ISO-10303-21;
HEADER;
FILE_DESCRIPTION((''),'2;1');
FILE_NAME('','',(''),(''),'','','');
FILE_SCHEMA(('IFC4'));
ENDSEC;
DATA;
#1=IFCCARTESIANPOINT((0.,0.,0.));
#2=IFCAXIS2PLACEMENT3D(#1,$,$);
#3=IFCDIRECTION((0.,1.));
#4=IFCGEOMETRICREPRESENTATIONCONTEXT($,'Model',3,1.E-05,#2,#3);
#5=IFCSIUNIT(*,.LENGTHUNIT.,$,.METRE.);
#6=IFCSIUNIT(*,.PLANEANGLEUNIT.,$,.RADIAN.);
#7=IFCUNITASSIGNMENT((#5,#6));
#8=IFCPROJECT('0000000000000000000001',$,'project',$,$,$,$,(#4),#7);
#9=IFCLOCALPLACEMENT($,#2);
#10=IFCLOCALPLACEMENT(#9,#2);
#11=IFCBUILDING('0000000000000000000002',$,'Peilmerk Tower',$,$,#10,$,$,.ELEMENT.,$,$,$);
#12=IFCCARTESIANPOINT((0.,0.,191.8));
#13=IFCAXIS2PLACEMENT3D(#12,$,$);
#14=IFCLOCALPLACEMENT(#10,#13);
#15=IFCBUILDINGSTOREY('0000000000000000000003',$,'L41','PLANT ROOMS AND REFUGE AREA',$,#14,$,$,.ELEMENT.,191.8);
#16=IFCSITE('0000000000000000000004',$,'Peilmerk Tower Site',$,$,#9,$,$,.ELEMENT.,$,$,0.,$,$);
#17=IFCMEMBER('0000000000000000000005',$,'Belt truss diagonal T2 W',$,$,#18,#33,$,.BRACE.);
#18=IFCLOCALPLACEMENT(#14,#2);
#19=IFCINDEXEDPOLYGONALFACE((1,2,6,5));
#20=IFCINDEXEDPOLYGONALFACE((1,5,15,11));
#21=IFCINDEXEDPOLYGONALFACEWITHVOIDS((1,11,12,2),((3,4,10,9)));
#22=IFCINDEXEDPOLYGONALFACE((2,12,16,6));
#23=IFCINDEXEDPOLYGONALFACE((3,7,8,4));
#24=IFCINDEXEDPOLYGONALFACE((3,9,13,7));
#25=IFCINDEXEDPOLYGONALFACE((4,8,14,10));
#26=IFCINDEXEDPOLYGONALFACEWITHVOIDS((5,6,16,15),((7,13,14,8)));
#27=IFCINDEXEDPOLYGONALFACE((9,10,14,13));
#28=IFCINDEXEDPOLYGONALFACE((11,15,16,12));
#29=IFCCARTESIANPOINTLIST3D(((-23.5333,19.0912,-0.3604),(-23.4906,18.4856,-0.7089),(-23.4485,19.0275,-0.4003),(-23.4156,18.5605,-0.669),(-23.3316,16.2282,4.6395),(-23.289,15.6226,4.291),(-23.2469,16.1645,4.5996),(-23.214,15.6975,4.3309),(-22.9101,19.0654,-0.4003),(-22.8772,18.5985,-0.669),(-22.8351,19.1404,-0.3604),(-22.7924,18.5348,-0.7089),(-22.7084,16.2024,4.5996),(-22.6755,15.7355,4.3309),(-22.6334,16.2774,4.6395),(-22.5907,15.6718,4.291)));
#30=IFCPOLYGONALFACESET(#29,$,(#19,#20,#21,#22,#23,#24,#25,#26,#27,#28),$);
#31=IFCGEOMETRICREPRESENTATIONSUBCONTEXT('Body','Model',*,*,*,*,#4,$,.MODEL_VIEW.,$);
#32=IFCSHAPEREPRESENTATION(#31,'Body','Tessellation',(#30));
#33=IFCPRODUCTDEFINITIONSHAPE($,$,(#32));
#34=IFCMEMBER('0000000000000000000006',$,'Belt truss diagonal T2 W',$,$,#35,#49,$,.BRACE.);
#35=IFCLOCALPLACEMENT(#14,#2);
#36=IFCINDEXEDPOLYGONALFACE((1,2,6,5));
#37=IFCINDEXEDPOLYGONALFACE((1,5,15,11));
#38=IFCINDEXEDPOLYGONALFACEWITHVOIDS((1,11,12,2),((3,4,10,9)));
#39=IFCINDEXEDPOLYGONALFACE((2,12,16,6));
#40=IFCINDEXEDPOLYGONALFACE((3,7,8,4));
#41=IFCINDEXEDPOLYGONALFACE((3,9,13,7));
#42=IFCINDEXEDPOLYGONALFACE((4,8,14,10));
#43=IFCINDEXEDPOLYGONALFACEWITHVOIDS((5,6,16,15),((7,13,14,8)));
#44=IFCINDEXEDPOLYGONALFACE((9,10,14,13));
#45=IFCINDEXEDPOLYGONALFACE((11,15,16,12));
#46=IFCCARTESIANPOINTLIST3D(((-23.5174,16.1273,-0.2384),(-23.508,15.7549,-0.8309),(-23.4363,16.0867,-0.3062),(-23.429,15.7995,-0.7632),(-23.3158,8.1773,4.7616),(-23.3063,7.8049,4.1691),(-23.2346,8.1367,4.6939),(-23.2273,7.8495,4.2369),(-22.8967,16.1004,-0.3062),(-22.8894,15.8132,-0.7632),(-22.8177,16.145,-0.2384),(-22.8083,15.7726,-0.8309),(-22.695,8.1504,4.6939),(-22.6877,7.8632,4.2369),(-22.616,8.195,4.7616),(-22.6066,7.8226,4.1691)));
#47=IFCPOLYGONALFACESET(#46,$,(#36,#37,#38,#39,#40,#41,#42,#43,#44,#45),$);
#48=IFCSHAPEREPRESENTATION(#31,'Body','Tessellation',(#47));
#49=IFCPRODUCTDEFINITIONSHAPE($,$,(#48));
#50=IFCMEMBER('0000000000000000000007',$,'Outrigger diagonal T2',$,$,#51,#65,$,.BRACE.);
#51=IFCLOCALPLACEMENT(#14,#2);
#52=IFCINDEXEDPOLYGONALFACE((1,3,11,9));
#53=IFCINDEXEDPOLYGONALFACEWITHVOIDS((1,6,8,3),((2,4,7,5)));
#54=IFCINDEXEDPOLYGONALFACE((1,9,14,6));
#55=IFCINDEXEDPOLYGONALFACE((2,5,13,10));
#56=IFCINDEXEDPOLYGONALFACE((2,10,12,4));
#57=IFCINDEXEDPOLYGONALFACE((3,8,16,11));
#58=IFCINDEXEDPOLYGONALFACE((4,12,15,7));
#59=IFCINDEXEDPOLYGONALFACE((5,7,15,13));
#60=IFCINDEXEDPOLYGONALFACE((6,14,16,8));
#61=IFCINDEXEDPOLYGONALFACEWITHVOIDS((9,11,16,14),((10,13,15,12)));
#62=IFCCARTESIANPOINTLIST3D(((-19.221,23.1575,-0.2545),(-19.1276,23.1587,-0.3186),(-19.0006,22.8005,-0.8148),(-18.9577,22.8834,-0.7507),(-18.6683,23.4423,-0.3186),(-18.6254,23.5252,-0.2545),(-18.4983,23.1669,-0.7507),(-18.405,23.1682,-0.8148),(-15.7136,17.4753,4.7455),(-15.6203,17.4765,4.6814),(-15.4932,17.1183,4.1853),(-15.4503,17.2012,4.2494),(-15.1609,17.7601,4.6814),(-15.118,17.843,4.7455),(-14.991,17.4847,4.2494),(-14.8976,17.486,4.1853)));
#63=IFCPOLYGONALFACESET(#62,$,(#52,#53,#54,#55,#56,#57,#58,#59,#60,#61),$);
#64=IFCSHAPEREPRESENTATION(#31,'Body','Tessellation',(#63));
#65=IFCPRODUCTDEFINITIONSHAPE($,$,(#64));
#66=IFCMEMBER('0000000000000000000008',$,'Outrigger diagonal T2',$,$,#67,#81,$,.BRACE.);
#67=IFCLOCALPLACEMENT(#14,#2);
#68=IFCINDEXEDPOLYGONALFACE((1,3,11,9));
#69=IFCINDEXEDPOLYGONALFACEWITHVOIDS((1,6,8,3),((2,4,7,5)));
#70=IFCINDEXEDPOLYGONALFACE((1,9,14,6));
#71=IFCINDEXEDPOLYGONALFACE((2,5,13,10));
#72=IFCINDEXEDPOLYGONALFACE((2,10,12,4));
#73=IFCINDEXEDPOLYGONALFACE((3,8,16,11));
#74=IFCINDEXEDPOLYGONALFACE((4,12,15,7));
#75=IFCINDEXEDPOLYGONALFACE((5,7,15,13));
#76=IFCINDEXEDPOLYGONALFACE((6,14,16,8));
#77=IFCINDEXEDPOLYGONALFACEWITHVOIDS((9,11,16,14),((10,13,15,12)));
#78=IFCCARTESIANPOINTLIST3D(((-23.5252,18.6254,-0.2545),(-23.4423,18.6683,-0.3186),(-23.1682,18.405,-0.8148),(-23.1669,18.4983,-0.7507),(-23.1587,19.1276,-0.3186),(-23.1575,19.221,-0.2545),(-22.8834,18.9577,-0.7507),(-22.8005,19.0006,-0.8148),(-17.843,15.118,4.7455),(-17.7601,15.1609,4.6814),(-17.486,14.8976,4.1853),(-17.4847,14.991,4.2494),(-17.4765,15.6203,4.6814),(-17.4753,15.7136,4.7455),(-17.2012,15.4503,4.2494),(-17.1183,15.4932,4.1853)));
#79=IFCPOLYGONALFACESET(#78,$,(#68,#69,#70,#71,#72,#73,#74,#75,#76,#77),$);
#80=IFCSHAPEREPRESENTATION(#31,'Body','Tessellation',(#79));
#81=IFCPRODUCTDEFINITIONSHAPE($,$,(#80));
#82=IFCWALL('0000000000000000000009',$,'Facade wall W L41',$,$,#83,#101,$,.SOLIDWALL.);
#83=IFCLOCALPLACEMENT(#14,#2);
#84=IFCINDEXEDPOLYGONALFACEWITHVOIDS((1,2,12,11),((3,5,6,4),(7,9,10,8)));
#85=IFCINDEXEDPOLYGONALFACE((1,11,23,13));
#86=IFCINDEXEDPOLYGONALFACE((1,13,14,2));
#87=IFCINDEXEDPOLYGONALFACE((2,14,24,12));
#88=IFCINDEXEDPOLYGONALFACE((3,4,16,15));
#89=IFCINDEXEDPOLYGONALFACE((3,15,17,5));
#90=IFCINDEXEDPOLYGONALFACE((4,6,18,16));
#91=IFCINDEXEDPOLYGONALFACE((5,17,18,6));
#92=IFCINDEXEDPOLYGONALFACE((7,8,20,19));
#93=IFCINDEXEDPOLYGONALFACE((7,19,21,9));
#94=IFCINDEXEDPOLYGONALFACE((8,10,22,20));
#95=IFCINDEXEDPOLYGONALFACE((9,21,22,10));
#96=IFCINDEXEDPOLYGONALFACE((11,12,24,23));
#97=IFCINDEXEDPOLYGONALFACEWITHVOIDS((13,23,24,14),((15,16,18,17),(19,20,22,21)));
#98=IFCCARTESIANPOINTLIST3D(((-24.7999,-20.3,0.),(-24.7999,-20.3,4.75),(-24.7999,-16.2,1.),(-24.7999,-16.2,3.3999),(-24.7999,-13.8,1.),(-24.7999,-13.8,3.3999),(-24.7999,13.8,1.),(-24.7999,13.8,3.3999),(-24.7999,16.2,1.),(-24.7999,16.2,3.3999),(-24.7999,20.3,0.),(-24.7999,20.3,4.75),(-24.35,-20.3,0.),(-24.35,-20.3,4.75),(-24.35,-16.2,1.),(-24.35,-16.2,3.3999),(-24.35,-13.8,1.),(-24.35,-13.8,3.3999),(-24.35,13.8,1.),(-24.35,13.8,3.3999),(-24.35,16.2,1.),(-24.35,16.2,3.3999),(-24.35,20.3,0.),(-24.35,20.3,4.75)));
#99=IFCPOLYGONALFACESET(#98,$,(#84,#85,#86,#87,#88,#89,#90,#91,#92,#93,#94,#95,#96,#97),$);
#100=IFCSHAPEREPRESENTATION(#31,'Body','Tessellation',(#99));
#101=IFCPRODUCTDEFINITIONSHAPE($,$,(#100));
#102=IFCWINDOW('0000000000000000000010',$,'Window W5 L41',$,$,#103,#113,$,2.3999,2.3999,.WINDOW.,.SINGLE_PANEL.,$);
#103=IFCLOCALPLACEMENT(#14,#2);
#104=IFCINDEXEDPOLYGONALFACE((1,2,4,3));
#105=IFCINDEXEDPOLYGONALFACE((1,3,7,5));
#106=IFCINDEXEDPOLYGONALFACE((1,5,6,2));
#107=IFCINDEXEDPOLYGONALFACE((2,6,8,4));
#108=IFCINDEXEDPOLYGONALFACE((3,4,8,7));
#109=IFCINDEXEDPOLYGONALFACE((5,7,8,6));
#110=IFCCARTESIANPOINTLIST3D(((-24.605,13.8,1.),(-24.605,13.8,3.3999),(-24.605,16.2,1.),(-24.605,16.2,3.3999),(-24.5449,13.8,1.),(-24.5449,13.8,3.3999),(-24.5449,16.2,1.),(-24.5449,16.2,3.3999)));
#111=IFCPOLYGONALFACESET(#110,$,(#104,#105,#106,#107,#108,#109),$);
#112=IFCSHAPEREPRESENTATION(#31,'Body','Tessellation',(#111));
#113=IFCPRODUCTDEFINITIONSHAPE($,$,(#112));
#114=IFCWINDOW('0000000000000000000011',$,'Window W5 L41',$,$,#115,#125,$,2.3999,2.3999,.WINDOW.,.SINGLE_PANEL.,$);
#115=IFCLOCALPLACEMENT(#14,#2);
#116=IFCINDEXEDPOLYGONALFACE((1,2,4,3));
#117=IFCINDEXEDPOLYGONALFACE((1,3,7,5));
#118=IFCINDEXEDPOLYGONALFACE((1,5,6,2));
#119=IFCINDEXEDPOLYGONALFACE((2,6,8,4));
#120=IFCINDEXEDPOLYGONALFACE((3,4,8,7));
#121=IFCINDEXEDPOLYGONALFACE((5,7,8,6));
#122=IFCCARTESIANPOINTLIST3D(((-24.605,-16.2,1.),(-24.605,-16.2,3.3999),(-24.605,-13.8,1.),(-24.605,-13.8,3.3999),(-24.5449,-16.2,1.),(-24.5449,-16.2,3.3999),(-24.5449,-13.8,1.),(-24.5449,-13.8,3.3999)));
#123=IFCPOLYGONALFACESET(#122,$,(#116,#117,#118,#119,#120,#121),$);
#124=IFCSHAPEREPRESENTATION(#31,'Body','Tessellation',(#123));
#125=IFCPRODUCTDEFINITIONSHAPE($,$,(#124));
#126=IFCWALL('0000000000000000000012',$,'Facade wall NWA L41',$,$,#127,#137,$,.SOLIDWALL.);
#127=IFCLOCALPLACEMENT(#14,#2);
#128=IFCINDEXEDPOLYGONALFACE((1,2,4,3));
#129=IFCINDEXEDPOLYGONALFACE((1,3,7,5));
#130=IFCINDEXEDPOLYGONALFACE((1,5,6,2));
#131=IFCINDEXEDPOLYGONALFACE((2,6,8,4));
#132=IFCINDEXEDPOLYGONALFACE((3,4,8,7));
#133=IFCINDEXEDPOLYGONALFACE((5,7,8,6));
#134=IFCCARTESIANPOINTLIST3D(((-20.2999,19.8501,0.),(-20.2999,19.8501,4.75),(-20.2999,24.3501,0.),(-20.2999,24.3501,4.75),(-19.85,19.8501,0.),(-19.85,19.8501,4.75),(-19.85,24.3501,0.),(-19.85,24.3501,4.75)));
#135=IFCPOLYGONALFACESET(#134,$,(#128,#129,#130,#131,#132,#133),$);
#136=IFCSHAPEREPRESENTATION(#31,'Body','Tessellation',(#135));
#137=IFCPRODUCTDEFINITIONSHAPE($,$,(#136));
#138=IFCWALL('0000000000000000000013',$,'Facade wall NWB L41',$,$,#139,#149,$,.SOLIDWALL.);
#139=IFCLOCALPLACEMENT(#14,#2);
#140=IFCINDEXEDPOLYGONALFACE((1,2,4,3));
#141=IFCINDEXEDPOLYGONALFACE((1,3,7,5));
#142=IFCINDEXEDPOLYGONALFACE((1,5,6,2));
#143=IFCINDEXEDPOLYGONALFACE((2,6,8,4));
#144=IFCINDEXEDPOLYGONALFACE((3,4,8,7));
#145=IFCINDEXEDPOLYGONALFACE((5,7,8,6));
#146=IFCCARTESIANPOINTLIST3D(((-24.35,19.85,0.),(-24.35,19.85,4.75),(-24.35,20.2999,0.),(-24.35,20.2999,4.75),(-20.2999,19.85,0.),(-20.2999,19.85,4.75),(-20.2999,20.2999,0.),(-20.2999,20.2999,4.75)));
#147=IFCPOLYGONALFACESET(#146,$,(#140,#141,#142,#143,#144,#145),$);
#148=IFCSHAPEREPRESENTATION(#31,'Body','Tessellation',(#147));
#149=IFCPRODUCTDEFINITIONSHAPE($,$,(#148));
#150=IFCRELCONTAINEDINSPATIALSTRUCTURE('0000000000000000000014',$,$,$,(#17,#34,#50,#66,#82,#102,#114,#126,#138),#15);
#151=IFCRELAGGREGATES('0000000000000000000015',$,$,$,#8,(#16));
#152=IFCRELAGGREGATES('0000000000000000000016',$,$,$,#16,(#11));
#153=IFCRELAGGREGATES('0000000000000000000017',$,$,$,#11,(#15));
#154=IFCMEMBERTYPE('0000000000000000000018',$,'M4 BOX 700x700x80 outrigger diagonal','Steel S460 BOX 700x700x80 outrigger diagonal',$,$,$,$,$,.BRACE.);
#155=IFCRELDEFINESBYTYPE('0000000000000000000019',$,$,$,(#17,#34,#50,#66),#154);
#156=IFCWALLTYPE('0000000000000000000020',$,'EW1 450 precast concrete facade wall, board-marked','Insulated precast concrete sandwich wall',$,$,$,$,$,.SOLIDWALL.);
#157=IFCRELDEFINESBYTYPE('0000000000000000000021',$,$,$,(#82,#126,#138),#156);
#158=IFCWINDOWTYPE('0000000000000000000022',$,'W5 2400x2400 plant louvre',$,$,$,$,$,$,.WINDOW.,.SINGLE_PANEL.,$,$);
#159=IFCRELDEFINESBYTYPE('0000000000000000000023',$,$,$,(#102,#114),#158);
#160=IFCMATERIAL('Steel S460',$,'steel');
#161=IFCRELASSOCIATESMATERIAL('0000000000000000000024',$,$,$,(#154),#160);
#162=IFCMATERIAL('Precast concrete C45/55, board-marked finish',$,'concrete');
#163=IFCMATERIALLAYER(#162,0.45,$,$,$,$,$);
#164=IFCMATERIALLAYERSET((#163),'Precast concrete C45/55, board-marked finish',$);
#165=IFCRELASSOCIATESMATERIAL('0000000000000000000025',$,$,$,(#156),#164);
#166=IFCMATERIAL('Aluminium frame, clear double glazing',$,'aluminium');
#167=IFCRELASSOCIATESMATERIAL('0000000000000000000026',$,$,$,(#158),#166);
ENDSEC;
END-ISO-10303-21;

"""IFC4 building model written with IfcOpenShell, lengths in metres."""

from ifc_helpers import new_model, si_unit, direction, frame, frame_2d, origin, origin_2d, place, context, subcontext, project, spatial, rectangle, hollow_rectangle, extrude, material, layer, layer_set, material_profile, profile_set, type_object, element, fill, save


model = new_model("IFC4")

# Units and contexts
model_context = context("Model", 3, precision=1e-05, world=origin(), true_north=direction((0.0, 1.0)))
body_context = subcontext(model_context, "Body", "Model", "MODEL_VIEW")
ifc_project = project(units=[si_unit("LENGTHUNIT", "METRE"), si_unit("PLANEANGLEUNIT", "RADIAN")], contexts=[model_context])

# Site, building, storey
site_placement = place(None, origin())
site = spatial("IfcSite", under=ifc_project, at=site_placement, Name="Peilmerk Tower Site", CompositionType="ELEMENT", RefElevation=0.0)
building_placement = place(site_placement, origin())
building = spatial("IfcBuilding", under=site, at=building_placement, Name="Peilmerk Tower", CompositionType="ELEMENT")
storey_placement = place(building_placement, frame((0.0, 0.0, 191.8)))
storey = spatial("IfcBuildingStorey", under=building, at=storey_placement, Name="L41", Description="PLANT ROOMS AND REFUGE AREA", CompositionType="ELEMENT", Elevation=191.8)

# Shared definitions
ifc_material_1 = material(Name="Steel S460", Category="steel")

# Members
ifc_material_profile_1 = material_profile(ifc_material_1, hollow_rectangle(XDim=0.7, YDim=0.7, WallThickness=0.0801, at=origin_2d()), Name="BOX 700x700x80")
ifc_profile_set_1 = profile_set([ifc_material_profile_1], Name="Steel S460")
member_type_1 = type_object("IfcMemberType", Name="M4 BOX 700x700x80 outrigger diagonal", Description="Steel S460 BOX 700x700x80 outrigger diagonal", PredefinedType="BRACE", material=ifc_profile_set_1)
for number, where, z_axis, x_axis, name in (
    (1, (-23.1628, 18.813, -0.5347), (0.034979, -0.496606, 0.867271), (0.997529, 0.070262, 0.0), "Belt truss diagonal T2 W"),
):
    element("IfcMember", number, at=place(storey_placement, frame(where, z_axis=z_axis, x_axis=x_axis)), inside=storey, type_object=member_type_1, Name=name, PredefinedType="BRACE", context=body_context, shape_type="SweptSolid", body=[
        extrude(hollow_rectangle(XDim=0.7, YDim=0.7, WallThickness=0.0801, at=origin_2d()), origin(), (0.0, 0.0, 1.0), 5.7651),
    ])
member_1_placement = place(storey_placement, frame((-23.1628, 15.95, -0.5347), z_axis=(0.021467, -0.846303, 0.532269), x_axis=(0.999678, 0.025358, 0.0)))
element("IfcMember", 2, at=member_1_placement, inside=storey, type_object=member_type_1, Name="Belt truss diagonal T2 W", PredefinedType="BRACE", context=body_context, shape_type="SweptSolid", body=[
    extrude(hollow_rectangle(XDim=0.7, YDim=0.7, WallThickness=0.0801, at=origin_2d()), origin(), (0.0, 0.0, 1.0), 9.3938),
])
for number, where, z_axis, x_axis, name in (
    (3, (-18.813, 23.1628, -0.5347), (0.420445, -0.681152, 0.599381), (0.850947, 0.525252, 0.0), "Outrigger diagonal T2"),
    (4, (-23.1628, 18.813, -0.5347), (0.681152, -0.420445, 0.599381), (0.525252, 0.850947, 0.0), "Outrigger diagonal T2"),
):
    element("IfcMember", number, at=place(storey_placement, frame(where, z_axis=z_axis, x_axis=x_axis)), inside=storey, type_object=member_type_1, Name=name, PredefinedType="BRACE", context=body_context, shape_type="SweptSolid", body=[
        extrude(hollow_rectangle(XDim=0.7, YDim=0.7, WallThickness=0.0801, at=origin_2d()), origin(), (0.0, 0.0, 1.0), 8.342),
    ])

# Wall, openings, windows
ifc_material_2 = material(Name="Precast concrete C45/55, board-marked finish", Category="concrete")
ifc_layer = layer(ifc_material_2, 0.45)
ifc_layer_set = layer_set([ifc_layer], Name="Precast concrete C45/55, board-marked finish")
wall_type = type_object("IfcWallType", Name="EW1 450 precast concrete facade wall, board-marked", Description="Insulated precast concrete sandwich wall", PredefinedType="SOLIDWALL", material=ifc_layer_set)
wall_1_placement = place(storey_placement, frame((-24.575, 20.3, 0.0), z_axis=(0.0, 0.0, 1.0), x_axis=(0.0, -1.0, 0.0)))
wall_1 = element("IfcWall", 5, at=wall_1_placement, inside=storey, type_object=wall_type, Name="Facade wall W L41", PredefinedType="SOLIDWALL", context=body_context, shape_type="SweptSolid", body=[
    extrude(rectangle(XDim=40.6001, YDim=0.45, at=frame_2d((20.3, 0.0))), origin(), (0.0, 0.0, 1.0), 4.75),
])
opening_1_placement = place(wall_1_placement, frame((4.1001, 0.0, 1.0)))
opening_1 = element("IfcOpeningElement", 6, at=opening_1_placement, cuts=wall_1, PredefinedType="OPENING", context=body_context, shape_type="SweptSolid", body=[
    extrude(rectangle(XDim=2.3999, YDim=2.3999, at=frame_2d((1.2, 1.2))), frame((0.0, 0.2349, 0.0), z_axis=(0.0, -1.0, 0.0), x_axis=(1.0, 0.0, 0.0)), (0.0, 0.0, 1.0), 0.47),
])
opening_2_placement = place(wall_1_placement, frame((34.1001, 0.0, 1.0)))
opening_2 = element("IfcOpeningElement", 7, at=opening_2_placement, cuts=wall_1, PredefinedType="OPENING", context=body_context, shape_type="SweptSolid", body=[
    extrude(rectangle(XDim=2.3999, YDim=2.3999, at=frame_2d((1.2, 1.2))), frame((0.0, 0.2349, 0.0), z_axis=(0.0, -1.0, 0.0), x_axis=(1.0, 0.0, 0.0)), (0.0, 0.0, 1.0), 0.47),
])
ifc_material_3 = material(Name="Aluminium frame, clear double glazing", Category="aluminium")
window_type = type_object("IfcWindowType", Name="W5 2400x2400 plant louvre", PartitioningType="SINGLE_PANEL", PredefinedType="WINDOW", material=ifc_material_3)
window_1_placement = place(opening_1_placement, origin())
window_1 = element("IfcWindow", 8, at=window_1_placement, inside=storey, type_object=window_type, Name="Window W5 L41", OverallHeight=2.3999, OverallWidth=2.3999, PartitioningType="SINGLE_PANEL", PredefinedType="WINDOW", context=body_context, shape_type="SweptSolid", body=[
    extrude(rectangle(XDim=2.3999, YDim=2.3999, at=frame_2d((1.2, 1.2))), frame((0.0, 0.03, 0.0), z_axis=(0.0, -1.0, 0.0), x_axis=(1.0, 0.0, 0.0)), (0.0, 0.0, 1.0), 0.0601),
])
fill(opening_1, window_1)
window_2_placement = place(opening_2_placement, origin())
window_2 = element("IfcWindow", 9, at=window_2_placement, inside=storey, type_object=window_type, Name="Window W5 L41", OverallHeight=2.3999, OverallWidth=2.3999, PartitioningType="SINGLE_PANEL", PredefinedType="WINDOW", context=body_context, shape_type="SweptSolid", body=[
    extrude(rectangle(XDim=2.3999, YDim=2.3999, at=frame_2d((1.2, 1.2))), frame((0.0, 0.03, 0.0), z_axis=(0.0, -1.0, 0.0), x_axis=(1.0, 0.0, 0.0)), (0.0, 0.0, 1.0), 0.0601),
])
fill(opening_2, window_2)

# Walls
wall_2_placement = place(storey_placement, frame((-20.075, 19.8501, 0.0), z_axis=(0.0, 0.0, 1.0), x_axis=(0.0, 1.0, 0.0)))
element("IfcWall", 10, at=wall_2_placement, inside=storey, type_object=wall_type, Name="Facade wall NWA L41", PredefinedType="SOLIDWALL", context=body_context, shape_type="SweptSolid", body=[
    extrude(rectangle(XDim=4.5, YDim=0.45, at=frame_2d((2.25, 0.0))), origin(), (0.0, 0.0, 1.0), 4.75),
])
wall_3_placement = place(storey_placement, frame((-20.3, 20.075, 0.0), z_axis=(0.0, 0.0, 1.0), x_axis=(-1.0, 0.0, 0.0)))
element("IfcWall", 11, at=wall_3_placement, inside=storey, type_object=wall_type, Name="Facade wall NWB L41", PredefinedType="SOLIDWALL", context=body_context, shape_type="SweptSolid", body=[
    extrude(rectangle(XDim=4.05, YDim=0.45, at=frame_2d((2.0249, 0.0))), origin(), (0.0, 0.0, 1.0), 4.75),
])

save(model, "model.ifc")
